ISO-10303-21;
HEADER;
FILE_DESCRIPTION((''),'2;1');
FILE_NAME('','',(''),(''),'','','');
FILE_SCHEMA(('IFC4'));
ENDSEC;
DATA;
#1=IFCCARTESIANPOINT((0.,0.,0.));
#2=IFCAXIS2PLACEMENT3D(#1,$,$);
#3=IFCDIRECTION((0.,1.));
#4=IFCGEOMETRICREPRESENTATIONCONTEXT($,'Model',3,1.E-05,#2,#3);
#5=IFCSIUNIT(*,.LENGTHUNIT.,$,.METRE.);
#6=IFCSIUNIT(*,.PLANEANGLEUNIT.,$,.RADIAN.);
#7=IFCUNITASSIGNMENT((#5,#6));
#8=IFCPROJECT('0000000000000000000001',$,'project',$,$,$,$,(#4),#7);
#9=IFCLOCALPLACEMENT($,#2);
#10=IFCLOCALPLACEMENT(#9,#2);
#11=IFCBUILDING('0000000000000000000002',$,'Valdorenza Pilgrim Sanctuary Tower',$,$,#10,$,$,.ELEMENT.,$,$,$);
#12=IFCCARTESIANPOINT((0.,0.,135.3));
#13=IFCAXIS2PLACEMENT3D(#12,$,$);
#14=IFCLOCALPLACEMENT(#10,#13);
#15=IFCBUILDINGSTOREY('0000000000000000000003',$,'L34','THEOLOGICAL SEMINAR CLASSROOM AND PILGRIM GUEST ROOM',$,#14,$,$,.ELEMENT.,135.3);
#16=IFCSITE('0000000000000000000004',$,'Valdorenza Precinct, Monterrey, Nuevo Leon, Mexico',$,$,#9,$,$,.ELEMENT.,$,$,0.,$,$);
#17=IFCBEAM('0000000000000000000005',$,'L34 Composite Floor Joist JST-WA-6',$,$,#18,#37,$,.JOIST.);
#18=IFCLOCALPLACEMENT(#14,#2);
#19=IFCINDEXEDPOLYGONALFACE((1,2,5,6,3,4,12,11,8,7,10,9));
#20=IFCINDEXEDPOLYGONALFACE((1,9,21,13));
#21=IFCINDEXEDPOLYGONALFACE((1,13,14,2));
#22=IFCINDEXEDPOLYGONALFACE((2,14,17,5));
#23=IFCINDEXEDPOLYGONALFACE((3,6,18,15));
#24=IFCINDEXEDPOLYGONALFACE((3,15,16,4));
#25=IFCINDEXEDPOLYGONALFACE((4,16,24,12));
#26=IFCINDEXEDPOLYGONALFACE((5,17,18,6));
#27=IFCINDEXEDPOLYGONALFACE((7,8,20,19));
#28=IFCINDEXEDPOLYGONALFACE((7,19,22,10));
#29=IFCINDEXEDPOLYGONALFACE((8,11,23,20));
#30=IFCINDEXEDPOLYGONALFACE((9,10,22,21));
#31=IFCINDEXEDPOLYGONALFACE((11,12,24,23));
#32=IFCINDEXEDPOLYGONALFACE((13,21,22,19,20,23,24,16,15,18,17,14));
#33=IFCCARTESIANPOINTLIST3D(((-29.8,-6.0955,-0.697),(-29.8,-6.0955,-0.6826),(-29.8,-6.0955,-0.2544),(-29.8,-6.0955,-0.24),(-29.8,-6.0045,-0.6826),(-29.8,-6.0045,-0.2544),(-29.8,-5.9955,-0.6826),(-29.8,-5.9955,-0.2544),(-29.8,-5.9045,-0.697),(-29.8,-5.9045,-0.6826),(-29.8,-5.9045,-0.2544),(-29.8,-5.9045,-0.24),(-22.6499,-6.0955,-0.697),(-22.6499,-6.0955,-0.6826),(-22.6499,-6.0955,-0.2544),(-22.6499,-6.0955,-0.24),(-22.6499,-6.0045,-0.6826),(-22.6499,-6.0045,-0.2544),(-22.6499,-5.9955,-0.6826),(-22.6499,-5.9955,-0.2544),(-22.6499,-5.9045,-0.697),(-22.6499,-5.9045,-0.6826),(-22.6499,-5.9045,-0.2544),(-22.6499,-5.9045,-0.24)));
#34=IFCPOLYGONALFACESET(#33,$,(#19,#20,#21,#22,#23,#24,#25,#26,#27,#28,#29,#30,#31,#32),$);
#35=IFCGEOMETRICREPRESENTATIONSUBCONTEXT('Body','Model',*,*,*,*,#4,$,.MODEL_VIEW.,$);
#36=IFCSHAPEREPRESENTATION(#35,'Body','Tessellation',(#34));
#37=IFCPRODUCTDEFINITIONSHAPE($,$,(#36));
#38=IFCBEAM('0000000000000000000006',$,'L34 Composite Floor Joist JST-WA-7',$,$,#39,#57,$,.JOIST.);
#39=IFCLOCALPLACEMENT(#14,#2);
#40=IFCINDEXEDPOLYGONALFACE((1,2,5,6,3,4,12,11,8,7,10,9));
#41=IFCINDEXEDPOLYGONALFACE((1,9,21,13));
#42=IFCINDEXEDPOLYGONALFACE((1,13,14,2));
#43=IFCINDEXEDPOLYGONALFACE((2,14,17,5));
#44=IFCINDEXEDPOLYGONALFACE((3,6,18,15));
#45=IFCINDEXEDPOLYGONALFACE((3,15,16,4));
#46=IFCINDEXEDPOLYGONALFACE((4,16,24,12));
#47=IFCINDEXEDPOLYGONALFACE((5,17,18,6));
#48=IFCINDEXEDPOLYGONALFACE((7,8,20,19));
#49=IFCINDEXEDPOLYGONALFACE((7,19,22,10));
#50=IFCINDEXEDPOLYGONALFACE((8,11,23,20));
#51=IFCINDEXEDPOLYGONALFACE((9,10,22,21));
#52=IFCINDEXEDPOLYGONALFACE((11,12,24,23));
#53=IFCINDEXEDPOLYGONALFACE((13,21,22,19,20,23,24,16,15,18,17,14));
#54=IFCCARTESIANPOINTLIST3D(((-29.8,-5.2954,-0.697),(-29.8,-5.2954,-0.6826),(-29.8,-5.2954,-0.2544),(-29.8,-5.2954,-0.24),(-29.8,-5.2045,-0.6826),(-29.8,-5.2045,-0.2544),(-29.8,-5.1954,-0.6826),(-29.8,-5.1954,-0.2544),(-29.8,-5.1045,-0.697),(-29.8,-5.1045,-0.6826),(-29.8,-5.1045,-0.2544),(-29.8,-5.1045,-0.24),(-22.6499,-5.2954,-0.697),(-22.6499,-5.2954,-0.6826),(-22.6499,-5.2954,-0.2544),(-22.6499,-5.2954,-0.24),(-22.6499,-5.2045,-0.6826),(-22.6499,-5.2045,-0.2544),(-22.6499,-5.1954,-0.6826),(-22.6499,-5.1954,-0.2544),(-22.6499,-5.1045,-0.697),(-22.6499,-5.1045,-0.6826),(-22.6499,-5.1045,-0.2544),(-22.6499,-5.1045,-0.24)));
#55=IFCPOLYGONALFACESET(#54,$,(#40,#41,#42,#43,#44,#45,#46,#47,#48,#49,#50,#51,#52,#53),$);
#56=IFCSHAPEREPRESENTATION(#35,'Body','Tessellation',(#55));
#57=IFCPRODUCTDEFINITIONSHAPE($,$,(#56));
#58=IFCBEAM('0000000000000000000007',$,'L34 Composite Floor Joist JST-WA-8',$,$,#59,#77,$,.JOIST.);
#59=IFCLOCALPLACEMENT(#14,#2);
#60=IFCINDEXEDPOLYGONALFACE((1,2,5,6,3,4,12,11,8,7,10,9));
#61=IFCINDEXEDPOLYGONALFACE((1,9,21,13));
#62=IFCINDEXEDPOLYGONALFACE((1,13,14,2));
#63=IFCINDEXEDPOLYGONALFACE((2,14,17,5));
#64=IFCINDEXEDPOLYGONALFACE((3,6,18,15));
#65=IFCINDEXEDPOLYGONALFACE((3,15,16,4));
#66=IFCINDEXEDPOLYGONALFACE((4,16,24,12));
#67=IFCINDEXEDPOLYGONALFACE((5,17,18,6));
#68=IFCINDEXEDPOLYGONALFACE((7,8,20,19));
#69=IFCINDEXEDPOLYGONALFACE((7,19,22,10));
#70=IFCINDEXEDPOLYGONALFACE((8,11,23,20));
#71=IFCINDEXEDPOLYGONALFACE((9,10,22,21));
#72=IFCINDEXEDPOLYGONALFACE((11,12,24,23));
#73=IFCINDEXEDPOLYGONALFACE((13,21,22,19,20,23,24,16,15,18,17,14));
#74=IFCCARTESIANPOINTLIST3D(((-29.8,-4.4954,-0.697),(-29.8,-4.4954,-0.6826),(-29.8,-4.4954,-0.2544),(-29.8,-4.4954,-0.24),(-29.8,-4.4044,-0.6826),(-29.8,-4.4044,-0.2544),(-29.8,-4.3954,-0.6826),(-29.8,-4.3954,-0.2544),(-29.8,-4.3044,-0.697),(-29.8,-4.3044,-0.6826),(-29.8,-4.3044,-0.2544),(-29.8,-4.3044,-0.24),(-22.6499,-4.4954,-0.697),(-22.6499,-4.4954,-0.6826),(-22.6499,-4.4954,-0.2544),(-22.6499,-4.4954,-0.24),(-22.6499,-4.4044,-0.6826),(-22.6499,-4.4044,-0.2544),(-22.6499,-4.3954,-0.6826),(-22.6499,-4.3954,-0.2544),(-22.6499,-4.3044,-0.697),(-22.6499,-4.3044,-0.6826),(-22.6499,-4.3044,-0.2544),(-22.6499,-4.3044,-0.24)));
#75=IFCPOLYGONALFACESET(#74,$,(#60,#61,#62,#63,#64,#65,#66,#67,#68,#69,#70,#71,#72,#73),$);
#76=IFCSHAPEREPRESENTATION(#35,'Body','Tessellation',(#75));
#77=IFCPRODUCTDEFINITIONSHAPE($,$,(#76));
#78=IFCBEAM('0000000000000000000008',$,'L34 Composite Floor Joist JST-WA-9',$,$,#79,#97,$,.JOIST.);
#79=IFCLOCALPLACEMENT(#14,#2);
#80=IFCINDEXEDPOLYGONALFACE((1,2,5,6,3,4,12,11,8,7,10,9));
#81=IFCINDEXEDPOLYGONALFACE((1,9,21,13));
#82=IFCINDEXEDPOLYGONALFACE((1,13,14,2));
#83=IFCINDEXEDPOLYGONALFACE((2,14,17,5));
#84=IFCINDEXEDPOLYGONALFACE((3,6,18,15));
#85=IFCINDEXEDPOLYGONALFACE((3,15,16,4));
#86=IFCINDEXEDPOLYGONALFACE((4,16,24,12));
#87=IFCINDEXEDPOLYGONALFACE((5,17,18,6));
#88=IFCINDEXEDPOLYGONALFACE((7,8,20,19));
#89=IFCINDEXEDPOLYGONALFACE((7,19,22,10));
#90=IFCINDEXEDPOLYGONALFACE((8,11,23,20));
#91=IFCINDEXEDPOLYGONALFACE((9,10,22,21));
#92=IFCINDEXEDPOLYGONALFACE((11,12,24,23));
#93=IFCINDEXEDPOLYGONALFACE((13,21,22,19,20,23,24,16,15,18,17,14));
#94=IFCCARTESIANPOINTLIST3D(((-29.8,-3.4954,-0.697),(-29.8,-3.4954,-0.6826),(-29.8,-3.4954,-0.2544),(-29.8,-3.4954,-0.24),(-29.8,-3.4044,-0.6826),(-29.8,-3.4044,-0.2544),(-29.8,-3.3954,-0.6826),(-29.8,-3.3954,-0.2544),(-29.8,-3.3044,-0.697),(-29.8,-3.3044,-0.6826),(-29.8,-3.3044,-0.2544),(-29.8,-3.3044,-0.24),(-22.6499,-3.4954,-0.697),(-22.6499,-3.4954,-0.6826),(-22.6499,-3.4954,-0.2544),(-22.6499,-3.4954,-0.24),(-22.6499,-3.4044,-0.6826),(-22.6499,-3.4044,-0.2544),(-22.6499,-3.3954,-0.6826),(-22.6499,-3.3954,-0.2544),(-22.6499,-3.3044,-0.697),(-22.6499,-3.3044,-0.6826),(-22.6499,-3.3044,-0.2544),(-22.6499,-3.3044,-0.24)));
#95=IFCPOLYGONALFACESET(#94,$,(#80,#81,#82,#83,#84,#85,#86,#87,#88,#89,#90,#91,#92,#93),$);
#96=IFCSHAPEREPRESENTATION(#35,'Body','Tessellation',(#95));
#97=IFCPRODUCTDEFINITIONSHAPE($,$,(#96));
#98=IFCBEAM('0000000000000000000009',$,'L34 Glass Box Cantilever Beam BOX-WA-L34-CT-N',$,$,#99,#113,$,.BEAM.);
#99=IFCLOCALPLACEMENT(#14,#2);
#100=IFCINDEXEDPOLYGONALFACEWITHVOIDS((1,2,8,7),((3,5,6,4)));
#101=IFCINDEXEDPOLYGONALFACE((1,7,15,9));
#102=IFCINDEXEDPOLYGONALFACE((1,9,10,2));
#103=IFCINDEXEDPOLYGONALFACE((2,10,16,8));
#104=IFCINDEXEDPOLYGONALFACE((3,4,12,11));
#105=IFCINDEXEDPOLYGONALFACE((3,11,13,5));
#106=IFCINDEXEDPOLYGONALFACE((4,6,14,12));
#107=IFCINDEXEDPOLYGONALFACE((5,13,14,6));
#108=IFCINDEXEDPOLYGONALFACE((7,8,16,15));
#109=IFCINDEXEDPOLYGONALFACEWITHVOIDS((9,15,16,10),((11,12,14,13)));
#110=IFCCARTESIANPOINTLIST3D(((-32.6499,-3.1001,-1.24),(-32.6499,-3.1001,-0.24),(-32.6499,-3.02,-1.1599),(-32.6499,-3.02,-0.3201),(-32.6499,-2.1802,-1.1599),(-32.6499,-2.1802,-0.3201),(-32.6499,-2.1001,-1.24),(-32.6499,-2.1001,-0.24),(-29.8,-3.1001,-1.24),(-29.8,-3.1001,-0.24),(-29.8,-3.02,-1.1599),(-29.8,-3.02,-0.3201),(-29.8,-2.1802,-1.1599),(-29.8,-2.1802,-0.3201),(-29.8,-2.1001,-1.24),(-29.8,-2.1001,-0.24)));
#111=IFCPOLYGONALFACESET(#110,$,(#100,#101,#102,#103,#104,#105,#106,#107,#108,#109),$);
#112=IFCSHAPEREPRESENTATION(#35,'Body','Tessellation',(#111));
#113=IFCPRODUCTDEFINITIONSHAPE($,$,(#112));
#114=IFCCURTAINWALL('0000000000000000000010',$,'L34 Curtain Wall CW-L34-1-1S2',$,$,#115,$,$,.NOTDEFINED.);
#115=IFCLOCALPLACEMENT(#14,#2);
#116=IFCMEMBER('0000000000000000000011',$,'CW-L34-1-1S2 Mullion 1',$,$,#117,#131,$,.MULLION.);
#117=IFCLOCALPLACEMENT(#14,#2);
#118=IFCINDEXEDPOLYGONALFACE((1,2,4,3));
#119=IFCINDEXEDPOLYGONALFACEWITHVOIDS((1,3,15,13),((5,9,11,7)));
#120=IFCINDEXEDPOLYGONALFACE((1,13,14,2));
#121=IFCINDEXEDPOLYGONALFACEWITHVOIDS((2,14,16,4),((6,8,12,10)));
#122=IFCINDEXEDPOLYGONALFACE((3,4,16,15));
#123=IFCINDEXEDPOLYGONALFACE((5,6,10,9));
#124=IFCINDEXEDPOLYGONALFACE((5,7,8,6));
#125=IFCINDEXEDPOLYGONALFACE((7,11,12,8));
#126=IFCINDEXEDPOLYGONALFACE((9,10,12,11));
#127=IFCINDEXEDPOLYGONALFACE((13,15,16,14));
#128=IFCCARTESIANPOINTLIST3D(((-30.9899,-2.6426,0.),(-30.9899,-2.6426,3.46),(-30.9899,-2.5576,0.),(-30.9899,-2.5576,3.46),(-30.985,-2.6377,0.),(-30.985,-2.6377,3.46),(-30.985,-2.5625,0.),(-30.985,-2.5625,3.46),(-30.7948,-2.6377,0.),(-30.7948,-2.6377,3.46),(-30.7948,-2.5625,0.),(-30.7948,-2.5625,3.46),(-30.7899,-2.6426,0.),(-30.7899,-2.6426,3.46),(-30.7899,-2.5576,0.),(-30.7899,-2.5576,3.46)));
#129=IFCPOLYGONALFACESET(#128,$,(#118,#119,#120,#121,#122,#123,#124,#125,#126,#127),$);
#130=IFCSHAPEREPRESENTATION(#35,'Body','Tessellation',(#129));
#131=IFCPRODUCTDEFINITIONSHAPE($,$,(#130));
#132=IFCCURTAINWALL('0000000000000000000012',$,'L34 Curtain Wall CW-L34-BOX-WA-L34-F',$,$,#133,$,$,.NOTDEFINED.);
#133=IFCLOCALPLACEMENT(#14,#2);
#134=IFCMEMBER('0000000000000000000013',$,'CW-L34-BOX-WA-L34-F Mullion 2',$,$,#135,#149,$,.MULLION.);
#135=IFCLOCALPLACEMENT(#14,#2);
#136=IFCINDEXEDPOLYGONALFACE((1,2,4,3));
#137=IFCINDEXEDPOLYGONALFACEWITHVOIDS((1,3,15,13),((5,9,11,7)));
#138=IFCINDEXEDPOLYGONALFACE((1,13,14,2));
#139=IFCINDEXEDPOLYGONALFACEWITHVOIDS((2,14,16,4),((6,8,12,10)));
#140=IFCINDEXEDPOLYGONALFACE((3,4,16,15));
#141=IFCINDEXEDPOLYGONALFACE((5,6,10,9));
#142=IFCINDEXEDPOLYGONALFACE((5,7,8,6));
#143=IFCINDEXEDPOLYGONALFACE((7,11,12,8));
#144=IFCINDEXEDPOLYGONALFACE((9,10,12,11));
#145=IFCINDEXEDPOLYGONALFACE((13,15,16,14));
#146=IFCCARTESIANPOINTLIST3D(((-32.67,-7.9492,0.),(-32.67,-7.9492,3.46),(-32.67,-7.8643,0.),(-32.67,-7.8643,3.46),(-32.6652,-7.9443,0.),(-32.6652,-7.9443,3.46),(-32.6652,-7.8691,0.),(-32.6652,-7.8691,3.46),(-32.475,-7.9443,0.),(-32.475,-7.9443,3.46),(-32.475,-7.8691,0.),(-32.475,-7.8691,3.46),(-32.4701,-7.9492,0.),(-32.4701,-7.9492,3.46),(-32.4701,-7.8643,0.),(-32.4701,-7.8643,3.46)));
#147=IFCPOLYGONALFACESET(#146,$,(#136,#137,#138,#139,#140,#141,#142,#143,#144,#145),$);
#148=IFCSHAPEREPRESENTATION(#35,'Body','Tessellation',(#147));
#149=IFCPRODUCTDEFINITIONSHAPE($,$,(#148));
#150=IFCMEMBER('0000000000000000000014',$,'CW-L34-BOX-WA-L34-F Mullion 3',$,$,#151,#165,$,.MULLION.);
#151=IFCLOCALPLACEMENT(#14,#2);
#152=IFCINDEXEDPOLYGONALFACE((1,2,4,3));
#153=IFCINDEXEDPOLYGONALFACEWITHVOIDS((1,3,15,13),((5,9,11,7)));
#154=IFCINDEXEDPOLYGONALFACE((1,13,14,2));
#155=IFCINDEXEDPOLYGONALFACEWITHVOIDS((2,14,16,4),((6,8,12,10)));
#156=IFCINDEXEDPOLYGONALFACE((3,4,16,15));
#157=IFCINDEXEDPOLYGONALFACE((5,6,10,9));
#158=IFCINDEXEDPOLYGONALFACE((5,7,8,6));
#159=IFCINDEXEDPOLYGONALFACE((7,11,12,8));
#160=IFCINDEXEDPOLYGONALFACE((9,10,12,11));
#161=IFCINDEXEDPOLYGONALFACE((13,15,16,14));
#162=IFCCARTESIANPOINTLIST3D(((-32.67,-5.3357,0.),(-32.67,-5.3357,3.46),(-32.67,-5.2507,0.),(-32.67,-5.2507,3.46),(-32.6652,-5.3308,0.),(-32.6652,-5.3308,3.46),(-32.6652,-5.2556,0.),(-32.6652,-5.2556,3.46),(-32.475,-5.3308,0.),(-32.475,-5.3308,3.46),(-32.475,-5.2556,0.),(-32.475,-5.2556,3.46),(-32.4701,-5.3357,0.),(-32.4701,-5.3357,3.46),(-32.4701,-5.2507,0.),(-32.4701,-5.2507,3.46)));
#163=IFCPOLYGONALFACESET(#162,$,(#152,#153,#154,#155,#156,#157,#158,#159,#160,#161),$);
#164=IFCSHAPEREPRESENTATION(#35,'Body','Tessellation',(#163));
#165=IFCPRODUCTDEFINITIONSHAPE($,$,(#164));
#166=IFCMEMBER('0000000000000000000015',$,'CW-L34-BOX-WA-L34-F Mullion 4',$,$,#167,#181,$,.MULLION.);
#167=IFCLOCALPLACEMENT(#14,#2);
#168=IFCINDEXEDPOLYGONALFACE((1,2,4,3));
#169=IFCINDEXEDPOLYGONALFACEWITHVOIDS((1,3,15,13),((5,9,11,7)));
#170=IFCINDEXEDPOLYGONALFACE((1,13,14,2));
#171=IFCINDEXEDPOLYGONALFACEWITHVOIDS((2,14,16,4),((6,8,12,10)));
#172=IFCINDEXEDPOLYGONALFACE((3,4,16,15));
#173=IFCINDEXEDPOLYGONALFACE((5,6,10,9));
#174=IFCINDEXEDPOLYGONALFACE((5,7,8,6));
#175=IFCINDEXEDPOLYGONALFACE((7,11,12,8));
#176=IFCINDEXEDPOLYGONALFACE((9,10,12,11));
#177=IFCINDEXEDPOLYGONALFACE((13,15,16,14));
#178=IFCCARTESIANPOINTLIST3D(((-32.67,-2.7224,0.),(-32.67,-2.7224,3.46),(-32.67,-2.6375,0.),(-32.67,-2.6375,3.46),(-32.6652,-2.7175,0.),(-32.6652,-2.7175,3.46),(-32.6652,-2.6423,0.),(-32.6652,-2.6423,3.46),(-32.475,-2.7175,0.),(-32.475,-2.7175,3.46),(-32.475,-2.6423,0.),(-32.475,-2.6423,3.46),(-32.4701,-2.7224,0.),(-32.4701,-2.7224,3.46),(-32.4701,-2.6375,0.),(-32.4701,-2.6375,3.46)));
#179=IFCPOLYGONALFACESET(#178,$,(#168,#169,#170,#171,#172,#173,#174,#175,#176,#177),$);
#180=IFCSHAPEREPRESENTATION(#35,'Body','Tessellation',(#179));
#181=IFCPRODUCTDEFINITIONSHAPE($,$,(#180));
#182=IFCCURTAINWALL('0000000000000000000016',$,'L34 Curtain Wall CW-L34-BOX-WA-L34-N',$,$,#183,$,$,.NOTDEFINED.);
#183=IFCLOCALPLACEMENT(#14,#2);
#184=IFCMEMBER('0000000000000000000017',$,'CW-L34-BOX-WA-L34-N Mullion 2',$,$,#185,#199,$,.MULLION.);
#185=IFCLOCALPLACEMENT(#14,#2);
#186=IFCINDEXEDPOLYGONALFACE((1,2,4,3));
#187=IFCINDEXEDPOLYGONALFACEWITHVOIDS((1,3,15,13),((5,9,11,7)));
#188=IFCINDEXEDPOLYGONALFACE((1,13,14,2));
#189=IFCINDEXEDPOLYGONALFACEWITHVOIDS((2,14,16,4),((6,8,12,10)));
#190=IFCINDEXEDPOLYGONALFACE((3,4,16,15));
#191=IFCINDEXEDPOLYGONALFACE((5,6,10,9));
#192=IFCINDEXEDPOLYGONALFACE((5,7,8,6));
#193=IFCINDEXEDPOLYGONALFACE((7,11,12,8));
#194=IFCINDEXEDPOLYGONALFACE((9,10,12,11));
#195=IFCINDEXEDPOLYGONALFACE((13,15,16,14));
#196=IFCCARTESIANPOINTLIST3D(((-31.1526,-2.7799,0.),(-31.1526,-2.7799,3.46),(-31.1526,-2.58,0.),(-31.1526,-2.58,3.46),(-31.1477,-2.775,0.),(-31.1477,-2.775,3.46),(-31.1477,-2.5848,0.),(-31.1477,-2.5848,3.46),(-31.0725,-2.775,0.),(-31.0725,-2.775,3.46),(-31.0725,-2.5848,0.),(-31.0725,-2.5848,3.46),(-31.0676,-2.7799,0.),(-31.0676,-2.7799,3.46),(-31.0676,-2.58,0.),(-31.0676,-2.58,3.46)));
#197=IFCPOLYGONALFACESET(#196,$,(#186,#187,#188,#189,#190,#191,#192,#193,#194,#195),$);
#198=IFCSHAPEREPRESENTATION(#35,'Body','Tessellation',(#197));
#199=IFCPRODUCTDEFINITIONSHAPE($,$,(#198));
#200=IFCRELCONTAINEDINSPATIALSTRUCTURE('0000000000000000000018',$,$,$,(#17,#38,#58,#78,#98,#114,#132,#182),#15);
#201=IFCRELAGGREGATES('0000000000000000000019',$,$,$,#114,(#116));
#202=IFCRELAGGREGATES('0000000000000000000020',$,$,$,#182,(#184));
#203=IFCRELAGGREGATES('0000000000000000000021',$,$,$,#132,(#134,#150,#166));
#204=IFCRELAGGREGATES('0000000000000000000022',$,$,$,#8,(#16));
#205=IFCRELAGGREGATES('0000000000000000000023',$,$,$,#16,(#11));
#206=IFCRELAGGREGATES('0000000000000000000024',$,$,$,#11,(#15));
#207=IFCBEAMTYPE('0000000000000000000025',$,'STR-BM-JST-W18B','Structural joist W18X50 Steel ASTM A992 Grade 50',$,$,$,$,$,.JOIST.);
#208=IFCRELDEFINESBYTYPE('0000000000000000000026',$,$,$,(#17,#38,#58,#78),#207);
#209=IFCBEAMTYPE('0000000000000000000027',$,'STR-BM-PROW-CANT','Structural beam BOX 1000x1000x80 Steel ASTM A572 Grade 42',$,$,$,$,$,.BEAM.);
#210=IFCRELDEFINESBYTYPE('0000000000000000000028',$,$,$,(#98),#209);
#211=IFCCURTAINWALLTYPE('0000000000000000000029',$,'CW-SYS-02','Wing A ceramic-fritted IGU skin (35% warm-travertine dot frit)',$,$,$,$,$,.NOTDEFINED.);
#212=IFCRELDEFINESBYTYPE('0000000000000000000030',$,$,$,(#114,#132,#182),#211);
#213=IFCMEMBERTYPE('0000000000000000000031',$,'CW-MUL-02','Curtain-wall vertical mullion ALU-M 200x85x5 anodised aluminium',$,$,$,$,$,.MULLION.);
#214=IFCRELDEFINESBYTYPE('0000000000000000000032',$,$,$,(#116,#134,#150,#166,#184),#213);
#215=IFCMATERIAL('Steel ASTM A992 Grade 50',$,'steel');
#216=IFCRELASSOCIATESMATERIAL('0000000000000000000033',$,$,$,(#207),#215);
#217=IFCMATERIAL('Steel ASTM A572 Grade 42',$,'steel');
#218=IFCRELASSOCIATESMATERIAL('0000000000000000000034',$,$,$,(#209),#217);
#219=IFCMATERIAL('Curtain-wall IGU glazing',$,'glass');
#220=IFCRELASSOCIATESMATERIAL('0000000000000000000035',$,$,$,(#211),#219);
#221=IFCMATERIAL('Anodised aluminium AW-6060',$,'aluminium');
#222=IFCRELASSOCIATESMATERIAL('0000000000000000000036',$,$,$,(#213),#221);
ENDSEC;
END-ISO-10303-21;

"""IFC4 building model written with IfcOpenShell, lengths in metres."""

from ifc_helpers import new_model, si_unit, direction, frame, origin, origin_2d, place, context, subcontext, project, spatial, hollow_rectangle, i_section, extrude, source, transform, mapped, material, material_profile, profile_set, type_object, element, aggregate, save


model = new_model("IFC4")

# Units and contexts
model_context = context("Model", 3, precision=1e-05, world=origin(), true_north=direction((0.0, 1.0)))
body_context = subcontext(model_context, "Body", "Model", "MODEL_VIEW")
ifc_project = project(units=[si_unit("LENGTHUNIT", "METRE"), si_unit("PLANEANGLEUNIT", "RADIAN")], contexts=[model_context])

# Site, building, storey
site_placement = place(None, origin())
site = spatial("IfcSite", under=ifc_project, at=site_placement, Name="Valdorenza Precinct, Monterrey, Nuevo Leon, Mexico", CompositionType="ELEMENT", RefElevation=0.0)
building_placement = place(site_placement, origin())
building = spatial("IfcBuilding", under=site, at=building_placement, Name="Valdorenza Pilgrim Sanctuary Tower", CompositionType="ELEMENT")
storey_placement = place(building_placement, frame((0.0, 0.0, 135.3)))
storey = spatial("IfcBuildingStorey", under=building, at=storey_placement, Name="L34", Description="THEOLOGICAL SEMINAR CLASSROOM AND PILGRIM GUEST ROOM", CompositionType="ELEMENT", Elevation=135.3)

# Beams
ifc_material_1 = material(Name="Steel ASTM A992 Grade 50", Category="steel")
ifc_material_profile_1 = material_profile(ifc_material_1, i_section(OverallWidth=0.1909, OverallDepth=0.457, WebThickness=0.009, FlangeThickness=0.0144, at=origin_2d()), Name="W18X50")
ifc_profile_set_1 = profile_set([ifc_material_profile_1], Name="Steel ASTM A992 Grade 50")
beam_type_1 = type_object("IfcBeamType", Name="STR-BM-JST-W18B", Description="Structural joist W18X50 Steel ASTM A992 Grade 50", PredefinedType="JOIST", material=ifc_profile_set_1)
shared_shape_1 = source(origin(), body_context, "Body", "SweptSolid", [
    extrude(i_section(OverallWidth=0.1909, OverallDepth=0.457, WebThickness=0.009, FlangeThickness=0.0144, at=origin_2d()), origin(), (0.0, 0.0, 1.0), 7.1501),
])
for number, where, z_axis, x_axis, name in (
    (1, (-29.8, -6.0, -0.4685), (1.0, 0.0, 0.0), (0.0, 1.0, 0.0), "L34 Composite Floor Joist JST-WA-6"),
    (2, (-29.8, -5.2, -0.4685), (1.0, 0.0, 0.0), (0.0, 1.0, 0.0), "L34 Composite Floor Joist JST-WA-7"),
    (3, (-29.8, -4.3999, -0.4685), (1.0, 0.0, 0.0), (0.0, 1.0, 0.0), "L34 Composite Floor Joist JST-WA-8"),
    (4, (-29.8, -3.3999, -0.4685), (1.0, 0.0, 0.0), (0.0, 1.0, 0.0), "L34 Composite Floor Joist JST-WA-9"),
):
    element("IfcBeam", number, at=place(storey_placement, frame(where, z_axis=z_axis, x_axis=x_axis)), inside=storey, type_object=beam_type_1, Name=name, PredefinedType="JOIST", context=body_context, shape_type="MappedRepresentation", body=[
        mapped(shared_shape_1, transform((0.0, 0.0, 0.0), x_axis=(1.0, 0.0, 0.0), y_axis=(0.0, 1.0, 0.0), z_axis=(0.0, 0.0, 1.0), scale=1.0)),
    ])
ifc_material_2 = material(Name="Steel ASTM A572 Grade 42", Category="steel")
ifc_material_profile_2 = material_profile(ifc_material_2, hollow_rectangle(XDim=1.0, YDim=1.0, WallThickness=0.0801, at=origin_2d()), Name="BOX 1000x1000x80")
ifc_profile_set_2 = profile_set([ifc_material_profile_2], Name="Steel ASTM A572 Grade 42")
beam_type_2 = type_object("IfcBeamType", Name="STR-BM-PROW-CANT", Description="Structural beam BOX 1000x1000x80 Steel ASTM A572 Grade 42", PredefinedType="BEAM", material=ifc_profile_set_2)
shared_shape_2 = source(origin(), body_context, "Body", "SweptSolid", [
    extrude(hollow_rectangle(XDim=1.0, YDim=1.0, WallThickness=0.0801, at=origin_2d()), origin(), (0.0, 0.0, 1.0), 2.8499),
])
beam_1_placement = place(storey_placement, frame((-29.8, -2.6001, -0.74), z_axis=(-1.0, 0.0, 0.0), x_axis=(0.0, -1.0, 0.0)))
element("IfcBeam", 5, at=beam_1_placement, inside=storey, type_object=beam_type_2, Name="L34 Glass Box Cantilever Beam BOX-WA-L34-CT-N", PredefinedType="BEAM", context=body_context, shape_type="MappedRepresentation", body=[
    mapped(shared_shape_2, transform((0.0, 0.0, 0.0), x_axis=(1.0, 0.0, 0.0), y_axis=(0.0, 1.0, 0.0), z_axis=(0.0, 0.0, 1.0), scale=1.0)),
])

# Curtain wall, member
ifc_material_3 = material(Name="Curtain-wall IGU glazing", Category="glass")
curtain_wall_type = type_object("IfcCurtainWallType", Name="CW-SYS-02", Description="Wing A ceramic-fritted IGU skin (35% warm-travertine dot frit)", PredefinedType="NOTDEFINED", material=ifc_material_3)
curtain_wall_1_placement = place(storey_placement, origin())
curtain_wall_1 = element("IfcCurtainWall", 6, at=curtain_wall_1_placement, inside=storey, type_object=curtain_wall_type, Name="L34 Curtain Wall CW-L34-1-1S2", PredefinedType="NOTDEFINED")
ifc_material_4 = material(Name="Anodised aluminium AW-6060", Category="aluminium")
ifc_material_profile_3 = material_profile(ifc_material_4, hollow_rectangle(XDim=0.085, YDim=0.2, WallThickness=0.0049, at=origin_2d()), Name="ALU-M 200x85x5")
ifc_profile_set_3 = profile_set([ifc_material_profile_3], Name="Anodised aluminium AW-6060")
member_type_1 = type_object("IfcMemberType", Name="CW-MUL-02", Description="Curtain-wall vertical mullion ALU-M 200x85x5 anodised aluminium", PredefinedType="MULLION", material=ifc_profile_set_3)
shared_shape_3 = source(origin(), body_context, "Body", "SweptSolid", [
    extrude(hollow_rectangle(XDim=0.085, YDim=0.2, WallThickness=0.0049, at=origin_2d()), origin(), (0.0, 0.0, 1.0), 3.46),
])
member_1_placement = place(storey_placement, frame((-30.8899, -2.6001, 0.0), z_axis=(0.0, 0.0, 1.0), x_axis=(0.0, 1.0, 0.0)))
member_1 = element("IfcMember", 7, at=member_1_placement, type_object=member_type_1, Name="CW-L34-1-1S2 Mullion 1", PredefinedType="MULLION", context=body_context, shape_type="MappedRepresentation", body=[
    mapped(shared_shape_3, transform((0.0, 0.0, 0.0), x_axis=(1.0, 0.0, 0.0), y_axis=(0.0, 1.0, 0.0), z_axis=(0.0, 0.0, 1.0), scale=1.0)),
])

# Curtain walls, members
curtain_wall_2_placement = place(storey_placement, origin())
curtain_wall_2 = element("IfcCurtainWall", 8, at=curtain_wall_2_placement, inside=storey, type_object=curtain_wall_type, Name="L34 Curtain Wall CW-L34-BOX-WA-L34-F", PredefinedType="NOTDEFINED")
member_2_placement = place(storey_placement, frame((-32.5701, -7.9067, 0.0), z_axis=(0.0, 0.0, 1.0), x_axis=(0.0, 1.0, 0.0)))
member_2 = element("IfcMember", 9, at=member_2_placement, type_object=member_type_1, Name="CW-L34-BOX-WA-L34-F Mullion 2", PredefinedType="MULLION", context=body_context, shape_type="MappedRepresentation", body=[
    mapped(shared_shape_3, transform((0.0, 0.0, 0.0), x_axis=(1.0, 0.0, 0.0), y_axis=(0.0, 1.0, 0.0), z_axis=(0.0, 0.0, 1.0), scale=1.0)),
])
member_3_placement = place(storey_placement, frame((-32.5701, -5.2932, 0.0), z_axis=(0.0, 0.0, 1.0), x_axis=(0.0, 1.0, 0.0)))
member_3 = element("IfcMember", 10, at=member_3_placement, type_object=member_type_1, Name="CW-L34-BOX-WA-L34-F Mullion 3", PredefinedType="MULLION", context=body_context, shape_type="MappedRepresentation", body=[
    mapped(shared_shape_3, transform((0.0, 0.0, 0.0), x_axis=(1.0, 0.0, 0.0), y_axis=(0.0, 1.0, 0.0), z_axis=(0.0, 0.0, 1.0), scale=1.0)),
])
member_4_placement = place(storey_placement, frame((-32.5701, -2.6799, 0.0), z_axis=(0.0, 0.0, 1.0), x_axis=(0.0, 1.0, 0.0)))
member_4 = element("IfcMember", 11, at=member_4_placement, type_object=member_type_1, Name="CW-L34-BOX-WA-L34-F Mullion 4", PredefinedType="MULLION", context=body_context, shape_type="MappedRepresentation", body=[
    mapped(shared_shape_3, transform((0.0, 0.0, 0.0), x_axis=(1.0, 0.0, 0.0), y_axis=(0.0, 1.0, 0.0), z_axis=(0.0, 0.0, 1.0), scale=1.0)),
])
curtain_wall_3_placement = place(storey_placement, origin())
curtain_wall_3 = element("IfcCurtainWall", 12, at=curtain_wall_3_placement, inside=storey, type_object=curtain_wall_type, Name="L34 Curtain Wall CW-L34-BOX-WA-L34-N", PredefinedType="NOTDEFINED")
member_5_placement = place(storey_placement, frame((-31.1101, -2.6799, 0.0), z_axis=(0.0, 0.0, 1.0), x_axis=(1.0, 0.0, 0.0)))
member_5 = element("IfcMember", 13, at=member_5_placement, type_object=member_type_1, Name="CW-L34-BOX-WA-L34-N Mullion 2", PredefinedType="MULLION", context=body_context, shape_type="MappedRepresentation", body=[
    mapped(shared_shape_3, transform((0.0, 0.0, 0.0), x_axis=(1.0, 0.0, 0.0), y_axis=(0.0, 1.0, 0.0), z_axis=(0.0, 0.0, 1.0), scale=1.0)),
])

aggregate(curtain_wall_1, [member_1])

aggregate(curtain_wall_3, [member_5])
aggregate(curtain_wall_2, [member_2, member_3, member_4])

save(model, "model.ifc")
